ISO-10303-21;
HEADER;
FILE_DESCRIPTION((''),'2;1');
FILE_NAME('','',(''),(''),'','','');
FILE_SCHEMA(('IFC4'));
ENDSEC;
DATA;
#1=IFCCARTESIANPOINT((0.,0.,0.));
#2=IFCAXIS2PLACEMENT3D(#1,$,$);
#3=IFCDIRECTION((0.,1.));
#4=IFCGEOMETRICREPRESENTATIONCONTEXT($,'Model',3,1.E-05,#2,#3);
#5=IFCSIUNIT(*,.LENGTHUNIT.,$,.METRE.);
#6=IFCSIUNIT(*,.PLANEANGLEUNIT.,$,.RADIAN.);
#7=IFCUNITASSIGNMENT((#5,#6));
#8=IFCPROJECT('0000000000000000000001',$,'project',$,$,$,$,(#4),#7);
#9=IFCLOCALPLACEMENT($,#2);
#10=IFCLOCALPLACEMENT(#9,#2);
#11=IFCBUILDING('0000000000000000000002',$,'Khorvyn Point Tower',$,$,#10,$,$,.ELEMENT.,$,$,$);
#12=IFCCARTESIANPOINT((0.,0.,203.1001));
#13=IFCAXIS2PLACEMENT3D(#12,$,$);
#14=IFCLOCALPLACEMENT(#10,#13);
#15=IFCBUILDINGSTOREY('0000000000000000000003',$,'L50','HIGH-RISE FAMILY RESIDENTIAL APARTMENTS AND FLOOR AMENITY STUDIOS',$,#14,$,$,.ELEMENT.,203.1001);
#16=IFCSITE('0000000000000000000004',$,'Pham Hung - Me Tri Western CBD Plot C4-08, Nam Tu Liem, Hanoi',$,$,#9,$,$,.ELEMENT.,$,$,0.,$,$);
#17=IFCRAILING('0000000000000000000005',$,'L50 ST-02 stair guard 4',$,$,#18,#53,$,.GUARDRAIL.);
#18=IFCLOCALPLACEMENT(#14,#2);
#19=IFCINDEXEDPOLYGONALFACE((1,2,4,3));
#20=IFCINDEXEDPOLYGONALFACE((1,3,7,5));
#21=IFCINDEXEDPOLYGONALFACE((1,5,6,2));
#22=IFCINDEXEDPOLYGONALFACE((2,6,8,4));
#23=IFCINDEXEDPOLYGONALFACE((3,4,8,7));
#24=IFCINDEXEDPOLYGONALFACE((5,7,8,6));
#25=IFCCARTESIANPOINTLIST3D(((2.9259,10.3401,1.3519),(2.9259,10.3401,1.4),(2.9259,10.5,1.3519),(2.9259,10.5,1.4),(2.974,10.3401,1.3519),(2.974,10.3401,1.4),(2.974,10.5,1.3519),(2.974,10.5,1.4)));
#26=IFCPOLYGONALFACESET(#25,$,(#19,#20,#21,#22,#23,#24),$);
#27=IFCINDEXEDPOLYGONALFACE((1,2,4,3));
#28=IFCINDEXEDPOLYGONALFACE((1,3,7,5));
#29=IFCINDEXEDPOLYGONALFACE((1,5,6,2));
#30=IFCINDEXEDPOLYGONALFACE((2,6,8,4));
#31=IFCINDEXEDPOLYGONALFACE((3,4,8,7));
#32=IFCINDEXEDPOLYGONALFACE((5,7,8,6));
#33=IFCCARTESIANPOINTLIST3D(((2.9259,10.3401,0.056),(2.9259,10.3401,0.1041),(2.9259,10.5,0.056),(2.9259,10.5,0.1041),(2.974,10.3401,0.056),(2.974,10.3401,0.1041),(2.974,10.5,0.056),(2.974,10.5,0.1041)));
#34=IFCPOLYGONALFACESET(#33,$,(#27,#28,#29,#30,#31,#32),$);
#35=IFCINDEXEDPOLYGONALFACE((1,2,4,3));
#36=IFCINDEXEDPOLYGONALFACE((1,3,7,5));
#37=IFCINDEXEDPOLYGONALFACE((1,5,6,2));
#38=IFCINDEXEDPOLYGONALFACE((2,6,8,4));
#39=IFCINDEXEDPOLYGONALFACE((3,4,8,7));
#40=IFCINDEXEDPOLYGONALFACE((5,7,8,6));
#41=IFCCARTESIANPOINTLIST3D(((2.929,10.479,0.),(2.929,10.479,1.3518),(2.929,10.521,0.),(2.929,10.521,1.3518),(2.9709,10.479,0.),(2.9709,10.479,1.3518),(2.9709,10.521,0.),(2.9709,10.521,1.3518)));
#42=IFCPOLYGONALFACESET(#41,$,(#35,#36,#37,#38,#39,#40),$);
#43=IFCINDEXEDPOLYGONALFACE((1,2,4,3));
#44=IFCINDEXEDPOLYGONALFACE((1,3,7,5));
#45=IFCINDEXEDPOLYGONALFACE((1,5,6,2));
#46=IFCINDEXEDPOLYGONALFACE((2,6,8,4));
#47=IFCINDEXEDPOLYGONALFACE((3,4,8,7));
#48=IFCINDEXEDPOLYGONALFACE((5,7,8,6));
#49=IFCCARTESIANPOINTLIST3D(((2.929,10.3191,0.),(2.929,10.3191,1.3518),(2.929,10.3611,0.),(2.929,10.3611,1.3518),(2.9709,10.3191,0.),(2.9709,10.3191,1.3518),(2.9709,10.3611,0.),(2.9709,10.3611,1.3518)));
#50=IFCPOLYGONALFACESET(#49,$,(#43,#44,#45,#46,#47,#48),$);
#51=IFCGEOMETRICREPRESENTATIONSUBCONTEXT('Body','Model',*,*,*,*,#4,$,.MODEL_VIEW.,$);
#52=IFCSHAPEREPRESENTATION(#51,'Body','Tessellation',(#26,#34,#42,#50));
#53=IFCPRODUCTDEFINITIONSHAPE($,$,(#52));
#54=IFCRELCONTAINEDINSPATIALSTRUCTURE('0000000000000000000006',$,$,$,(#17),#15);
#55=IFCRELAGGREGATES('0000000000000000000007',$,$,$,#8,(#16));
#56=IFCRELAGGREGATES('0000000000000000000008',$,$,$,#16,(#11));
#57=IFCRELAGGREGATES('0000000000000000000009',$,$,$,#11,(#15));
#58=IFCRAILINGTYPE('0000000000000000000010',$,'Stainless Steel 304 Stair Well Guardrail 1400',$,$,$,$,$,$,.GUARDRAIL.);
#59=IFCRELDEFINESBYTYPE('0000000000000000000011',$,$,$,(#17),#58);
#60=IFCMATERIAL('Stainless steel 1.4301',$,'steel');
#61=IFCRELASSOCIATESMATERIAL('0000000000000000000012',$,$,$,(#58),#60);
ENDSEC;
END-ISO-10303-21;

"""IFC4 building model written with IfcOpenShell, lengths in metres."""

from ifc_helpers import new_model, si_unit, direction, frame, origin, origin_2d, place, context, subcontext, project, spatial, rectangle, extrude, material, type_object, element, save


model = new_model("IFC4")

# Units and contexts
model_context = context("Model", 3, precision=1e-05, world=origin(), true_north=direction((0.0, 1.0)))
body_context = subcontext(model_context, "Body", "Model", "MODEL_VIEW")
ifc_project = project(units=[si_unit("LENGTHUNIT", "METRE"), si_unit("PLANEANGLEUNIT", "RADIAN")], contexts=[model_context])

# Site, building, storey
site_placement = place(None, origin())
site = spatial("IfcSite", under=ifc_project, at=site_placement, Name="Pham Hung - Me Tri Western CBD Plot C4-08, Nam Tu Liem, Hanoi", CompositionType="ELEMENT", RefElevation=0.0)
building_placement = place(site_placement, origin())
building = spatial("IfcBuilding", under=site, at=building_placement, Name="Khorvyn Point Tower", CompositionType="ELEMENT")
storey_placement = place(building_placement, frame((0.0, 0.0, 203.1001)))
storey = spatial("IfcBuildingStorey", under=building, at=storey_placement, Name="L50", Description="HIGH-RISE FAMILY RESIDENTIAL APARTMENTS AND FLOOR AMENITY STUDIOS", CompositionType="ELEMENT", Elevation=203.1001)

# Railing
ifc_material_1 = material(Name="Stainless steel 1.4301", Category="steel")
railing_type_1 = type_object("IfcRailingType", Name="Stainless Steel 304 Stair Well Guardrail 1400", PredefinedType="GUARDRAIL", material=ifc_material_1)
railing_1_placement = place(storey_placement, frame((2.95, 10.5, 0.0)))
element("IfcRailing", 1, at=railing_1_placement, inside=storey, type_object=railing_type_1, Name="L50 ST-02 stair guard 4", PredefinedType="GUARDRAIL", context=body_context, shape_type="SweptSolid", body=[
    extrude(rectangle(XDim=0.0481, YDim=0.0481, at=origin_2d()), frame((0.0, 0.0, 1.376), z_axis=(0.0, -1.0, 0.0), x_axis=(1.0, 0.0, 0.0)), (0.0, 0.0, 1.0), 0.1599),
    extrude(rectangle(XDim=0.0481, YDim=0.0481, at=origin_2d()), frame((0.0, 0.0, 0.0801), z_axis=(0.0, -1.0, 0.0), x_axis=(1.0, 0.0, 0.0)), (0.0, 0.0, 1.0), 0.1599),
    extrude(rectangle(XDim=0.042, YDim=0.042, at=origin_2d()), origin(), (0.0, 0.0, 1.0), 1.3518),
    extrude(rectangle(XDim=0.042, YDim=0.042, at=origin_2d()), frame((0.0, -0.1599, 0.0)), (0.0, 0.0, 1.0), 1.3518),
])

save(model, "model.ifc")
